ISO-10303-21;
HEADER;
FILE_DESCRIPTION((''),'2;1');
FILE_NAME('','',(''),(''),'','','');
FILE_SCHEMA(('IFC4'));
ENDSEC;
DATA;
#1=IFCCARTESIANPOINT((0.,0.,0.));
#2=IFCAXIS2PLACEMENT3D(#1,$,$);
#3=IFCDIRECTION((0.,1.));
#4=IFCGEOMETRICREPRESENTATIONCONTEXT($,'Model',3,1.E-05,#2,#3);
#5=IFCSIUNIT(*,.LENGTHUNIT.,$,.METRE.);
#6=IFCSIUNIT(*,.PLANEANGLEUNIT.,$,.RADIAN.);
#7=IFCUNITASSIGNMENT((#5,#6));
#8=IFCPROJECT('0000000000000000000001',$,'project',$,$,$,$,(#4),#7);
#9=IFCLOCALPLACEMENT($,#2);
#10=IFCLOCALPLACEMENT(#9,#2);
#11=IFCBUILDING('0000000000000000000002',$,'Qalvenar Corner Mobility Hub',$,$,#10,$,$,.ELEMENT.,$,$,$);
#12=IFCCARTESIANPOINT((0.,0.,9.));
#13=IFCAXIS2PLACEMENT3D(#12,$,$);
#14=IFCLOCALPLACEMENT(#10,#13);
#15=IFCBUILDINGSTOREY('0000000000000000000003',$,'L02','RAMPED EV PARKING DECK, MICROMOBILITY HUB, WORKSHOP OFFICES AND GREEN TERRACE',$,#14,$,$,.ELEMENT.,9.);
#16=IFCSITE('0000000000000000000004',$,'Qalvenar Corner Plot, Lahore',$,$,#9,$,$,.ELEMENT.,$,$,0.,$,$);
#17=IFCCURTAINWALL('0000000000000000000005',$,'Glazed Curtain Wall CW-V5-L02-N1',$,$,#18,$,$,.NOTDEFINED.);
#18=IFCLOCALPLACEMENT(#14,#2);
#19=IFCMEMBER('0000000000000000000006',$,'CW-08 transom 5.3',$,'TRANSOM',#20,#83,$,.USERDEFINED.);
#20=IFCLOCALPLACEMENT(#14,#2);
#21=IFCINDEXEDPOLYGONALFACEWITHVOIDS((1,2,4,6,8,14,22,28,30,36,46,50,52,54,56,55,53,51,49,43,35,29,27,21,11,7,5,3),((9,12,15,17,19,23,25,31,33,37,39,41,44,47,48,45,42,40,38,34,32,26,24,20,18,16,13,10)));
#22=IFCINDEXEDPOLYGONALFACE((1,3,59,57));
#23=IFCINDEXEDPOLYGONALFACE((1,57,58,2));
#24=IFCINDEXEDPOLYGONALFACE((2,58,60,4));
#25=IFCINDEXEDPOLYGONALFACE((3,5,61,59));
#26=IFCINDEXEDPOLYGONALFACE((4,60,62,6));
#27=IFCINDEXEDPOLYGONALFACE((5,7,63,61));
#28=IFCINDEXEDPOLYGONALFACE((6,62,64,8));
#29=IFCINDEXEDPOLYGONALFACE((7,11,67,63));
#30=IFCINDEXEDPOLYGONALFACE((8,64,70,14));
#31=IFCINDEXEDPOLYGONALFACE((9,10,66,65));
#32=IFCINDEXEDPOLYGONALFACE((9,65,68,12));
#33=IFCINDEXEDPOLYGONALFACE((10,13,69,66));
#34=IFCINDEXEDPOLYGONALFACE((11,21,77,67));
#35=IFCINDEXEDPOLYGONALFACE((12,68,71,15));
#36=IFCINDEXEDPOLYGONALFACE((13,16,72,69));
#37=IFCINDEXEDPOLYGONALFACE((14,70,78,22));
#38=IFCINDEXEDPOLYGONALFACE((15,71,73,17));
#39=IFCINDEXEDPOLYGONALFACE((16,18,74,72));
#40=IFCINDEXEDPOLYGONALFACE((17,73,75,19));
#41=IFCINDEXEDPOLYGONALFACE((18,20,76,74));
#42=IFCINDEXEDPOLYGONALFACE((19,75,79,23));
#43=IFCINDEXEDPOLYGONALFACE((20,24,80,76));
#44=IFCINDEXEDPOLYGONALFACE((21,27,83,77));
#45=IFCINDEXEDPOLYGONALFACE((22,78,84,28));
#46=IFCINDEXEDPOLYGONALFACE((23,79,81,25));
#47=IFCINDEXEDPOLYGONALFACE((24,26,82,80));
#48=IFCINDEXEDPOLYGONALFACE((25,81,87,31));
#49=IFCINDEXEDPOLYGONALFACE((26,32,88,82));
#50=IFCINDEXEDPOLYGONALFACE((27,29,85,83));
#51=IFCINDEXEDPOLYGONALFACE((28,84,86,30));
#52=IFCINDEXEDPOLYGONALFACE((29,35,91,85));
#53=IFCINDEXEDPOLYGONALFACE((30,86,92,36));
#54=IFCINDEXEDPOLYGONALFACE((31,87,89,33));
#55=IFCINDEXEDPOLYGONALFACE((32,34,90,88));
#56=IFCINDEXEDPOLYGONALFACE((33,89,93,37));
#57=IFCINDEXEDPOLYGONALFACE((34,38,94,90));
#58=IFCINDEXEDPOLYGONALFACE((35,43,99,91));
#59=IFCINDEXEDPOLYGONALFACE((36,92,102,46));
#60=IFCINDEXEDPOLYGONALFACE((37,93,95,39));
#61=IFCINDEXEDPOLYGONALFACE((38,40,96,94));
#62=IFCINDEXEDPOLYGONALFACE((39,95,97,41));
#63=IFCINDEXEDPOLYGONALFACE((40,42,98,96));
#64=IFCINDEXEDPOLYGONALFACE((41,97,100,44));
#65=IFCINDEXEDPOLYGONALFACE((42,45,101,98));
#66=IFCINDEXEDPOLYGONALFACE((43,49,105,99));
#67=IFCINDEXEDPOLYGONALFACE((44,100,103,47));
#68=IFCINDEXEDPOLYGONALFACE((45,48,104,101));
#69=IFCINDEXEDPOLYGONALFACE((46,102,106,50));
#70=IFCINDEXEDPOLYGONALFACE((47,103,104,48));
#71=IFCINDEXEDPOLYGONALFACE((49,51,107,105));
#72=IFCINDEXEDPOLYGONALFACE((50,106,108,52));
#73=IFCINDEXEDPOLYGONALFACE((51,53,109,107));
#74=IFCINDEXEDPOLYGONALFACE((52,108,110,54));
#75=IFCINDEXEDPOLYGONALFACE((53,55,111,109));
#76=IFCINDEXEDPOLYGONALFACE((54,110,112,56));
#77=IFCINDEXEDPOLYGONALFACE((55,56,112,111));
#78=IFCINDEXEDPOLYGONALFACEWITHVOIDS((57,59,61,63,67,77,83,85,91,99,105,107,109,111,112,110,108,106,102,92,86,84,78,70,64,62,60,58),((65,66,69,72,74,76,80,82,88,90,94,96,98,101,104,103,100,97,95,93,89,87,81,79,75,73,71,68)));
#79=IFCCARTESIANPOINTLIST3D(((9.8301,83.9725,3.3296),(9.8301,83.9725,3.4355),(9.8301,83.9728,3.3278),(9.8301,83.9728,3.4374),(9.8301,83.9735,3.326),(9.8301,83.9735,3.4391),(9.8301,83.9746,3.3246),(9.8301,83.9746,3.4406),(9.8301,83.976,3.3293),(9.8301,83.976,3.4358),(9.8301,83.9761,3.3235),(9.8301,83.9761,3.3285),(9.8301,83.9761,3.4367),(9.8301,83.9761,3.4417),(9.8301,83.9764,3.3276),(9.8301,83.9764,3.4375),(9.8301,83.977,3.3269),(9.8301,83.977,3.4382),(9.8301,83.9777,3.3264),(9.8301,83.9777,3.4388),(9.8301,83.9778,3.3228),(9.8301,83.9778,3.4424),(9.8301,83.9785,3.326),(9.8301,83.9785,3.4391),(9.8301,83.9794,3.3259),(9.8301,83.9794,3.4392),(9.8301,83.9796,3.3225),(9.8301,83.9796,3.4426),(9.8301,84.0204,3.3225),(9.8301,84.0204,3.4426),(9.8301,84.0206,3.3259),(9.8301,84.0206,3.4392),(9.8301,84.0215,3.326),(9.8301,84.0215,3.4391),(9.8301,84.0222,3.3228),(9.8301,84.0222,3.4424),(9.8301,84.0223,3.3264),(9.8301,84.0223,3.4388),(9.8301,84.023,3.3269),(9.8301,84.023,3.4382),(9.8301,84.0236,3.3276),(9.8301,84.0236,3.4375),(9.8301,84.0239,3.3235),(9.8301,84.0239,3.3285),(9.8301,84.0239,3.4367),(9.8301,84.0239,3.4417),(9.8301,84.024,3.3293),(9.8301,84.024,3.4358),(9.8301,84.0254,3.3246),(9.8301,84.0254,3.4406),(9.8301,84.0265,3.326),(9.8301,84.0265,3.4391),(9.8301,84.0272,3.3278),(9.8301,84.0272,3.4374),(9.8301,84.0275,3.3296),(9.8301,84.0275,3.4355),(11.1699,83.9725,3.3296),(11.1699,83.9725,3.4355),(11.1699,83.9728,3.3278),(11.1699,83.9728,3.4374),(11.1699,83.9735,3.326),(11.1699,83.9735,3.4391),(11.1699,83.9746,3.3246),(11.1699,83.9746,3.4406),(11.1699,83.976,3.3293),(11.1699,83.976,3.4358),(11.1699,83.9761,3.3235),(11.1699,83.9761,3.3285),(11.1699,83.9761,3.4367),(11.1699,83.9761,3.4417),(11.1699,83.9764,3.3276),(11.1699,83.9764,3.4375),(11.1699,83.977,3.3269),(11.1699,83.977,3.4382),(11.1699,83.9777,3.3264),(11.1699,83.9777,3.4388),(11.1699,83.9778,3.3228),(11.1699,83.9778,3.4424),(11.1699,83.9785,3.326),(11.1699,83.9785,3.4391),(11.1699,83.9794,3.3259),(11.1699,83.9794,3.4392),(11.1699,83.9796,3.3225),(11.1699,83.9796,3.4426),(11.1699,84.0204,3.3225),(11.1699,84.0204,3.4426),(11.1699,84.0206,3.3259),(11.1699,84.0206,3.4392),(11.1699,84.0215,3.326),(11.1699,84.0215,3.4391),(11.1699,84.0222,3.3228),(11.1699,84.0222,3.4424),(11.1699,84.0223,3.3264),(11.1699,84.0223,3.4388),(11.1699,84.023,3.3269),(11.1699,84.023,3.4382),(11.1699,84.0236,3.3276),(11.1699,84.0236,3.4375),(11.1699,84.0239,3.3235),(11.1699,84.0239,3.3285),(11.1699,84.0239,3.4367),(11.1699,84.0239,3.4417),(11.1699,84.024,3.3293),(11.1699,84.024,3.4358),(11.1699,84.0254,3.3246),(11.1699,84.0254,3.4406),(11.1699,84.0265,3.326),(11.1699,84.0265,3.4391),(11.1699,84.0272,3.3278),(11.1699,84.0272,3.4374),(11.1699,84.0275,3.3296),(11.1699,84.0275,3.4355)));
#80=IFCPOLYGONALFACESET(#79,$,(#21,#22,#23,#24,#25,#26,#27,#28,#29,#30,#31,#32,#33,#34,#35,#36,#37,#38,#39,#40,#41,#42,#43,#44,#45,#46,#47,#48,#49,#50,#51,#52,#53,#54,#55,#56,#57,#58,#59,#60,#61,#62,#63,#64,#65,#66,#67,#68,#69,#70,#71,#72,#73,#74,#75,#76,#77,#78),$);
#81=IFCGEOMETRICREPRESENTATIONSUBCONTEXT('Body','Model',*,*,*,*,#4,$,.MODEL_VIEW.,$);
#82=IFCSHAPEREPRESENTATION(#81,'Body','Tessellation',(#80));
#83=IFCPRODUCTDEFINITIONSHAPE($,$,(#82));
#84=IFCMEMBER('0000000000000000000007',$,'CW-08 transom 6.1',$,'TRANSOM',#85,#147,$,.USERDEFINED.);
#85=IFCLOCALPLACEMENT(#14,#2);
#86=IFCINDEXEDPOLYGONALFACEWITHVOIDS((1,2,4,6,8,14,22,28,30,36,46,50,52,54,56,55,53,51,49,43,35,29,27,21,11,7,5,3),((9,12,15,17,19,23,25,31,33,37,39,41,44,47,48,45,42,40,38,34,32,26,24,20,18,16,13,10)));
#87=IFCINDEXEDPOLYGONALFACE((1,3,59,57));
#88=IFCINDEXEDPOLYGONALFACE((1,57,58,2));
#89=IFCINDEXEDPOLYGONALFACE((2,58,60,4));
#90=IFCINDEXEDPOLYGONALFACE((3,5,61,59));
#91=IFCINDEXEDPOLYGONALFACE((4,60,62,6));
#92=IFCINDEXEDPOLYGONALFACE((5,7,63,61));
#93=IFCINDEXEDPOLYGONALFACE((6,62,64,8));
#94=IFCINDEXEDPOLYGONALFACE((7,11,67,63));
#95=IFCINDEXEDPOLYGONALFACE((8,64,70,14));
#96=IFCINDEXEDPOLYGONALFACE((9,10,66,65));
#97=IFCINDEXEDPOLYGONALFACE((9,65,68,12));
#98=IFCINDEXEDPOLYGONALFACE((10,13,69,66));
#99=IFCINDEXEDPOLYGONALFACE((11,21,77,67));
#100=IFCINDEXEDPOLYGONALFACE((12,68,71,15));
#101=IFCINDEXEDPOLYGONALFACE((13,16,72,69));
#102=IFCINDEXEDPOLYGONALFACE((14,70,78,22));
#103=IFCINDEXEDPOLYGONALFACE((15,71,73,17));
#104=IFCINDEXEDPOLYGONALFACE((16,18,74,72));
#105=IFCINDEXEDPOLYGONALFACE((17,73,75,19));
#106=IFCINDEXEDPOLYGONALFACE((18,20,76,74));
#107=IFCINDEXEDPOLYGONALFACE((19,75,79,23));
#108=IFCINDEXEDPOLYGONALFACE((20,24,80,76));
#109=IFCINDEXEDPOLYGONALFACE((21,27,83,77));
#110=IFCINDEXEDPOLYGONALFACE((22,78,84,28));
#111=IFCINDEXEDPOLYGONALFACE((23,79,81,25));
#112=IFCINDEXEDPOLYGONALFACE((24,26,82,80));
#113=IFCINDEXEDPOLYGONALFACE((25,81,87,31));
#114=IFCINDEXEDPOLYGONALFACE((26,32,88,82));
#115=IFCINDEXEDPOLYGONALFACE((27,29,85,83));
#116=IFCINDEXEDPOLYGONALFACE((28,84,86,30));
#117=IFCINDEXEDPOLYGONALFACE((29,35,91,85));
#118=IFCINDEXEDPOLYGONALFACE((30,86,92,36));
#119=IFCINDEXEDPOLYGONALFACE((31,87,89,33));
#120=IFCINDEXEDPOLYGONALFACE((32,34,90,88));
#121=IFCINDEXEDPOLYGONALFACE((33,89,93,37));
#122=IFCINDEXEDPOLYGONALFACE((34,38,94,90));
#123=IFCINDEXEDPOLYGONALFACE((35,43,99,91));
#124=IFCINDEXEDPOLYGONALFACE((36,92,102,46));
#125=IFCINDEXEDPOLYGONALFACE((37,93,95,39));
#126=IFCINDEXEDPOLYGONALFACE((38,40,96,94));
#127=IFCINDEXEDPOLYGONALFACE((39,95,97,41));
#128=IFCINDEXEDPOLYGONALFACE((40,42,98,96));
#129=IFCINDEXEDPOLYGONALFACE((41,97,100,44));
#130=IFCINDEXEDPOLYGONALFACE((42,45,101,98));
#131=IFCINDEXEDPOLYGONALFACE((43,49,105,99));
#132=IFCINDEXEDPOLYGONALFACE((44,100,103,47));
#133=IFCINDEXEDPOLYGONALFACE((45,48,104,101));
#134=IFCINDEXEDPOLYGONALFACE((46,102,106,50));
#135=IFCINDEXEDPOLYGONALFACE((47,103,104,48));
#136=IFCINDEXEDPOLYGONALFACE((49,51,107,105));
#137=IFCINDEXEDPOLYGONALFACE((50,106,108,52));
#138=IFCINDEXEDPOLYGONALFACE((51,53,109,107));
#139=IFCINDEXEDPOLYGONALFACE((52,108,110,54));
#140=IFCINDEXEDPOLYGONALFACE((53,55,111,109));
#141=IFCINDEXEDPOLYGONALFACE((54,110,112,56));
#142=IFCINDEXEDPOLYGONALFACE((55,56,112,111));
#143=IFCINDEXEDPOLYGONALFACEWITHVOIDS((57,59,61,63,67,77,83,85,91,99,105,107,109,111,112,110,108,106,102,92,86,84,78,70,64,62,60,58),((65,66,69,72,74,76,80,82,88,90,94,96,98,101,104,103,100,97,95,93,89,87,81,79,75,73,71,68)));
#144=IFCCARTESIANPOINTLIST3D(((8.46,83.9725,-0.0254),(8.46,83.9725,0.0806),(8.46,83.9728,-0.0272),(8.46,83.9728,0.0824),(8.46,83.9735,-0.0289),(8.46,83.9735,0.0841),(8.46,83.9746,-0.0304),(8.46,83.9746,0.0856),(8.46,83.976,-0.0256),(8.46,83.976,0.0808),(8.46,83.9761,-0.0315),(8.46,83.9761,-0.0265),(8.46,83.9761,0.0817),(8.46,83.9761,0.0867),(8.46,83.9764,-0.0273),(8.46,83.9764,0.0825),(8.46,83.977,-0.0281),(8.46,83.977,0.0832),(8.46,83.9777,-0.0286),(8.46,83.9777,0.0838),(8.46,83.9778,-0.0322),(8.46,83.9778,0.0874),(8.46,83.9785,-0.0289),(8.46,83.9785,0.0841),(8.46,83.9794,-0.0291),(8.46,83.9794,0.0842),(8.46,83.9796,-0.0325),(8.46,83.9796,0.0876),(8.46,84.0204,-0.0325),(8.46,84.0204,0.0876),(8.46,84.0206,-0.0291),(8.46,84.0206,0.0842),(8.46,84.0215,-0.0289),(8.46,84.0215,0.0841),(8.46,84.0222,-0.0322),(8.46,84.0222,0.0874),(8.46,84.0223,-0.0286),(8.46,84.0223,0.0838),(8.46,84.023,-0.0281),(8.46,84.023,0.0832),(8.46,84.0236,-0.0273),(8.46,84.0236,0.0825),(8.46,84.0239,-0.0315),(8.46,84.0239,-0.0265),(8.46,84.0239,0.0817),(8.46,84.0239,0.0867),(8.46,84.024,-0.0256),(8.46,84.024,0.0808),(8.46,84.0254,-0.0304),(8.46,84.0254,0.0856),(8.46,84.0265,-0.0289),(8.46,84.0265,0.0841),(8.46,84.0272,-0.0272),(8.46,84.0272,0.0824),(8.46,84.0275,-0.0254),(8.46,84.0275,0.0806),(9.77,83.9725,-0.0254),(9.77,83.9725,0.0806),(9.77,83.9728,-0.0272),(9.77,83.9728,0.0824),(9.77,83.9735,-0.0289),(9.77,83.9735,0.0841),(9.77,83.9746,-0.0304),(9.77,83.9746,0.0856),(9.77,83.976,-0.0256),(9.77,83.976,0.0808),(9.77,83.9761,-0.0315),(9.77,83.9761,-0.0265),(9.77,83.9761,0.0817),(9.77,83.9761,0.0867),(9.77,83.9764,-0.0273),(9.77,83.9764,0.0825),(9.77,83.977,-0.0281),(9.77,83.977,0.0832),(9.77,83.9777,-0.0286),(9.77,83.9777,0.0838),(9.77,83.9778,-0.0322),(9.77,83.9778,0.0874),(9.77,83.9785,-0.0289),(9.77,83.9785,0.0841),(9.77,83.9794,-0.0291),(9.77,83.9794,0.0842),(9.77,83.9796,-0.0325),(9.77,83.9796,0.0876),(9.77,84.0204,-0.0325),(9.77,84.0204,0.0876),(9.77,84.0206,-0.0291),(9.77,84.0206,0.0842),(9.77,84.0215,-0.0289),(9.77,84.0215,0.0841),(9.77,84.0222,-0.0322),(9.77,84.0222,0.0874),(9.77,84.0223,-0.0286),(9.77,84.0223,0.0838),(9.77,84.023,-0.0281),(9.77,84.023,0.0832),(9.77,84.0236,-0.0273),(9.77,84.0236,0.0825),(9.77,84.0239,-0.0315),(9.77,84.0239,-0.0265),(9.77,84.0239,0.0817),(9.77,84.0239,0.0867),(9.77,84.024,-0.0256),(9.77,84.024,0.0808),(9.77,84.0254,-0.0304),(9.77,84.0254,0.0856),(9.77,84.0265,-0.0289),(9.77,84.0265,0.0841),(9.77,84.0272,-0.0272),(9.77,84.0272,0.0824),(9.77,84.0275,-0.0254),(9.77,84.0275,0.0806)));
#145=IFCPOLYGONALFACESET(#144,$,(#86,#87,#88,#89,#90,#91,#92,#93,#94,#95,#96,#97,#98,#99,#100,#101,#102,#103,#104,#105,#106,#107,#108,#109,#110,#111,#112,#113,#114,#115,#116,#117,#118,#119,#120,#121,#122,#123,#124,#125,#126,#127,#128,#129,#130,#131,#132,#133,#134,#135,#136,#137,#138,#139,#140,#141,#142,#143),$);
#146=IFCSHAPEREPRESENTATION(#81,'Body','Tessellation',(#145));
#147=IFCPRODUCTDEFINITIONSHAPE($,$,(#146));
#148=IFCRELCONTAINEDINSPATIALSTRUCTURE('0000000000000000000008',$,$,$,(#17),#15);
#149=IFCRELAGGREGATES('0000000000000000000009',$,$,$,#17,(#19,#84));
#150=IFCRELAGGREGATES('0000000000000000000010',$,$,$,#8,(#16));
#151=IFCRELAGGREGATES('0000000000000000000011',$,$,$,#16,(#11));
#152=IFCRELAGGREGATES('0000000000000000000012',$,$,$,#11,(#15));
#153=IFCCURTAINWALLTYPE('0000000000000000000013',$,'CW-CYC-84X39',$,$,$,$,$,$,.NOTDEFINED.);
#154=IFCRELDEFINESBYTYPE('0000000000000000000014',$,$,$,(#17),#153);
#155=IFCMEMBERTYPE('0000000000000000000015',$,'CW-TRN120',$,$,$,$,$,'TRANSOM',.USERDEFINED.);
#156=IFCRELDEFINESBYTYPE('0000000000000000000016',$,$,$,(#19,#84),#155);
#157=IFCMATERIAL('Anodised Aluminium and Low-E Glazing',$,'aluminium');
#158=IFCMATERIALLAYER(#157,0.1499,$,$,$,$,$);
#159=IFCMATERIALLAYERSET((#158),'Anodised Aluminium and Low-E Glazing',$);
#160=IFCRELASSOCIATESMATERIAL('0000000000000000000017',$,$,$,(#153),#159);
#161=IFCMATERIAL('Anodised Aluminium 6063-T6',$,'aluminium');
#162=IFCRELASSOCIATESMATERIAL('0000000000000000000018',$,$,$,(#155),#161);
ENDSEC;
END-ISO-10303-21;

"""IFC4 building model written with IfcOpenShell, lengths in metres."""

from ifc_helpers import new_model, si_unit, direction, frame, origin, origin_2d, place, context, subcontext, project, spatial, hollow_rectangle, extrude, material, layer, layer_set, material_profile, profile_set, type_object, element, aggregate, save


model = new_model("IFC4")

# Units and contexts
model_context = context("Model", 3, precision=1e-05, world=origin(), true_north=direction((0.0, 1.0)))
body_context = subcontext(model_context, "Body", "Model", "MODEL_VIEW")
ifc_project = project(units=[si_unit("LENGTHUNIT", "METRE"), si_unit("PLANEANGLEUNIT", "RADIAN")], contexts=[model_context])

# Site, building, storey
site_placement = place(None, origin())
site = spatial("IfcSite", under=ifc_project, at=site_placement, Name="Qalvenar Corner Plot, Lahore", CompositionType="ELEMENT", RefElevation=0.0)
building_placement = place(site_placement, origin())
building = spatial("IfcBuilding", under=site, at=building_placement, Name="Qalvenar Corner Mobility Hub", CompositionType="ELEMENT")
storey_placement = place(building_placement, frame((0.0, 0.0, 9.0)))
storey = spatial("IfcBuildingStorey", under=building, at=storey_placement, Name="L02", Description="RAMPED EV PARKING DECK, MICROMOBILITY HUB, WORKSHOP OFFICES AND GREEN TERRACE", CompositionType="ELEMENT", Elevation=9.0)

# Curtain wall
ifc_material_1 = material(Name="Anodised Aluminium and Low-E Glazing", Category="aluminium")
ifc_layer_1 = layer(ifc_material_1, 0.1499)
ifc_layer_set_1 = layer_set([ifc_layer_1], Name="Anodised Aluminium and Low-E Glazing")
curtain_wall_type = type_object("IfcCurtainWallType", Name="CW-CYC-84X39", PredefinedType="NOTDEFINED", material=ifc_layer_set_1)
ifc_material_2 = material(Name="Anodised Aluminium 6063-T6", Category="aluminium")
curtain_wall_1_placement = place(storey_placement, origin())
curtain_wall_1 = element("IfcCurtainWall", 1, at=curtain_wall_1_placement, inside=storey, type_object=curtain_wall_type, Name="Glazed Curtain Wall CW-V5-L02-N1", PredefinedType="NOTDEFINED")

# Members
ifc_material_profile_1 = material_profile(ifc_material_2, hollow_rectangle(XDim=0.0549, YDim=0.1201, WallThickness=0.0034, InnerFilletRadius=0.0034, OuterFilletRadius=0.0071, at=origin_2d()), Name="RHS120x55x3.5")
ifc_profile_set_1 = profile_set([ifc_material_profile_1], Name="Anodised Aluminium 6063-T6")
member_type_1 = type_object("IfcMemberType", Name="CW-TRN120", ElementType="TRANSOM", PredefinedType="USERDEFINED", material=ifc_profile_set_1)
member_1_placement = place(storey_placement, frame((11.1699, 84.0, 3.3826), z_axis=(-1.0, 0.0, 0.0), x_axis=(0.0, -1.0, 0.0)))
member_1 = element("IfcMember", 2, at=member_1_placement, type_object=member_type_1, Name="CW-08 transom 5.3", ObjectType="TRANSOM", PredefinedType="USERDEFINED", context=body_context, shape_type="SweptSolid", body=[
    extrude(hollow_rectangle(XDim=0.0549, YDim=0.1201, WallThickness=0.0034, InnerFilletRadius=0.0034, OuterFilletRadius=0.0071, at=origin_2d()), origin(), (0.0, 0.0, 1.0), 1.3398),
])
member_2_placement = place(storey_placement, frame((9.77, 84.0, 0.0276), z_axis=(-1.0, 0.0, 0.0), x_axis=(0.0, -1.0, 0.0)))
member_2 = element("IfcMember", 3, at=member_2_placement, type_object=member_type_1, Name="CW-08 transom 6.1", ObjectType="TRANSOM", PredefinedType="USERDEFINED", context=body_context, shape_type="SweptSolid", body=[
    extrude(hollow_rectangle(XDim=0.0549, YDim=0.1201, WallThickness=0.0034, InnerFilletRadius=0.0034, OuterFilletRadius=0.0071, at=origin_2d()), origin(), (0.0, 0.0, 1.0), 1.3101),
])

aggregate(curtain_wall_1, [member_1, member_2])

save(model, "model.ifc")
